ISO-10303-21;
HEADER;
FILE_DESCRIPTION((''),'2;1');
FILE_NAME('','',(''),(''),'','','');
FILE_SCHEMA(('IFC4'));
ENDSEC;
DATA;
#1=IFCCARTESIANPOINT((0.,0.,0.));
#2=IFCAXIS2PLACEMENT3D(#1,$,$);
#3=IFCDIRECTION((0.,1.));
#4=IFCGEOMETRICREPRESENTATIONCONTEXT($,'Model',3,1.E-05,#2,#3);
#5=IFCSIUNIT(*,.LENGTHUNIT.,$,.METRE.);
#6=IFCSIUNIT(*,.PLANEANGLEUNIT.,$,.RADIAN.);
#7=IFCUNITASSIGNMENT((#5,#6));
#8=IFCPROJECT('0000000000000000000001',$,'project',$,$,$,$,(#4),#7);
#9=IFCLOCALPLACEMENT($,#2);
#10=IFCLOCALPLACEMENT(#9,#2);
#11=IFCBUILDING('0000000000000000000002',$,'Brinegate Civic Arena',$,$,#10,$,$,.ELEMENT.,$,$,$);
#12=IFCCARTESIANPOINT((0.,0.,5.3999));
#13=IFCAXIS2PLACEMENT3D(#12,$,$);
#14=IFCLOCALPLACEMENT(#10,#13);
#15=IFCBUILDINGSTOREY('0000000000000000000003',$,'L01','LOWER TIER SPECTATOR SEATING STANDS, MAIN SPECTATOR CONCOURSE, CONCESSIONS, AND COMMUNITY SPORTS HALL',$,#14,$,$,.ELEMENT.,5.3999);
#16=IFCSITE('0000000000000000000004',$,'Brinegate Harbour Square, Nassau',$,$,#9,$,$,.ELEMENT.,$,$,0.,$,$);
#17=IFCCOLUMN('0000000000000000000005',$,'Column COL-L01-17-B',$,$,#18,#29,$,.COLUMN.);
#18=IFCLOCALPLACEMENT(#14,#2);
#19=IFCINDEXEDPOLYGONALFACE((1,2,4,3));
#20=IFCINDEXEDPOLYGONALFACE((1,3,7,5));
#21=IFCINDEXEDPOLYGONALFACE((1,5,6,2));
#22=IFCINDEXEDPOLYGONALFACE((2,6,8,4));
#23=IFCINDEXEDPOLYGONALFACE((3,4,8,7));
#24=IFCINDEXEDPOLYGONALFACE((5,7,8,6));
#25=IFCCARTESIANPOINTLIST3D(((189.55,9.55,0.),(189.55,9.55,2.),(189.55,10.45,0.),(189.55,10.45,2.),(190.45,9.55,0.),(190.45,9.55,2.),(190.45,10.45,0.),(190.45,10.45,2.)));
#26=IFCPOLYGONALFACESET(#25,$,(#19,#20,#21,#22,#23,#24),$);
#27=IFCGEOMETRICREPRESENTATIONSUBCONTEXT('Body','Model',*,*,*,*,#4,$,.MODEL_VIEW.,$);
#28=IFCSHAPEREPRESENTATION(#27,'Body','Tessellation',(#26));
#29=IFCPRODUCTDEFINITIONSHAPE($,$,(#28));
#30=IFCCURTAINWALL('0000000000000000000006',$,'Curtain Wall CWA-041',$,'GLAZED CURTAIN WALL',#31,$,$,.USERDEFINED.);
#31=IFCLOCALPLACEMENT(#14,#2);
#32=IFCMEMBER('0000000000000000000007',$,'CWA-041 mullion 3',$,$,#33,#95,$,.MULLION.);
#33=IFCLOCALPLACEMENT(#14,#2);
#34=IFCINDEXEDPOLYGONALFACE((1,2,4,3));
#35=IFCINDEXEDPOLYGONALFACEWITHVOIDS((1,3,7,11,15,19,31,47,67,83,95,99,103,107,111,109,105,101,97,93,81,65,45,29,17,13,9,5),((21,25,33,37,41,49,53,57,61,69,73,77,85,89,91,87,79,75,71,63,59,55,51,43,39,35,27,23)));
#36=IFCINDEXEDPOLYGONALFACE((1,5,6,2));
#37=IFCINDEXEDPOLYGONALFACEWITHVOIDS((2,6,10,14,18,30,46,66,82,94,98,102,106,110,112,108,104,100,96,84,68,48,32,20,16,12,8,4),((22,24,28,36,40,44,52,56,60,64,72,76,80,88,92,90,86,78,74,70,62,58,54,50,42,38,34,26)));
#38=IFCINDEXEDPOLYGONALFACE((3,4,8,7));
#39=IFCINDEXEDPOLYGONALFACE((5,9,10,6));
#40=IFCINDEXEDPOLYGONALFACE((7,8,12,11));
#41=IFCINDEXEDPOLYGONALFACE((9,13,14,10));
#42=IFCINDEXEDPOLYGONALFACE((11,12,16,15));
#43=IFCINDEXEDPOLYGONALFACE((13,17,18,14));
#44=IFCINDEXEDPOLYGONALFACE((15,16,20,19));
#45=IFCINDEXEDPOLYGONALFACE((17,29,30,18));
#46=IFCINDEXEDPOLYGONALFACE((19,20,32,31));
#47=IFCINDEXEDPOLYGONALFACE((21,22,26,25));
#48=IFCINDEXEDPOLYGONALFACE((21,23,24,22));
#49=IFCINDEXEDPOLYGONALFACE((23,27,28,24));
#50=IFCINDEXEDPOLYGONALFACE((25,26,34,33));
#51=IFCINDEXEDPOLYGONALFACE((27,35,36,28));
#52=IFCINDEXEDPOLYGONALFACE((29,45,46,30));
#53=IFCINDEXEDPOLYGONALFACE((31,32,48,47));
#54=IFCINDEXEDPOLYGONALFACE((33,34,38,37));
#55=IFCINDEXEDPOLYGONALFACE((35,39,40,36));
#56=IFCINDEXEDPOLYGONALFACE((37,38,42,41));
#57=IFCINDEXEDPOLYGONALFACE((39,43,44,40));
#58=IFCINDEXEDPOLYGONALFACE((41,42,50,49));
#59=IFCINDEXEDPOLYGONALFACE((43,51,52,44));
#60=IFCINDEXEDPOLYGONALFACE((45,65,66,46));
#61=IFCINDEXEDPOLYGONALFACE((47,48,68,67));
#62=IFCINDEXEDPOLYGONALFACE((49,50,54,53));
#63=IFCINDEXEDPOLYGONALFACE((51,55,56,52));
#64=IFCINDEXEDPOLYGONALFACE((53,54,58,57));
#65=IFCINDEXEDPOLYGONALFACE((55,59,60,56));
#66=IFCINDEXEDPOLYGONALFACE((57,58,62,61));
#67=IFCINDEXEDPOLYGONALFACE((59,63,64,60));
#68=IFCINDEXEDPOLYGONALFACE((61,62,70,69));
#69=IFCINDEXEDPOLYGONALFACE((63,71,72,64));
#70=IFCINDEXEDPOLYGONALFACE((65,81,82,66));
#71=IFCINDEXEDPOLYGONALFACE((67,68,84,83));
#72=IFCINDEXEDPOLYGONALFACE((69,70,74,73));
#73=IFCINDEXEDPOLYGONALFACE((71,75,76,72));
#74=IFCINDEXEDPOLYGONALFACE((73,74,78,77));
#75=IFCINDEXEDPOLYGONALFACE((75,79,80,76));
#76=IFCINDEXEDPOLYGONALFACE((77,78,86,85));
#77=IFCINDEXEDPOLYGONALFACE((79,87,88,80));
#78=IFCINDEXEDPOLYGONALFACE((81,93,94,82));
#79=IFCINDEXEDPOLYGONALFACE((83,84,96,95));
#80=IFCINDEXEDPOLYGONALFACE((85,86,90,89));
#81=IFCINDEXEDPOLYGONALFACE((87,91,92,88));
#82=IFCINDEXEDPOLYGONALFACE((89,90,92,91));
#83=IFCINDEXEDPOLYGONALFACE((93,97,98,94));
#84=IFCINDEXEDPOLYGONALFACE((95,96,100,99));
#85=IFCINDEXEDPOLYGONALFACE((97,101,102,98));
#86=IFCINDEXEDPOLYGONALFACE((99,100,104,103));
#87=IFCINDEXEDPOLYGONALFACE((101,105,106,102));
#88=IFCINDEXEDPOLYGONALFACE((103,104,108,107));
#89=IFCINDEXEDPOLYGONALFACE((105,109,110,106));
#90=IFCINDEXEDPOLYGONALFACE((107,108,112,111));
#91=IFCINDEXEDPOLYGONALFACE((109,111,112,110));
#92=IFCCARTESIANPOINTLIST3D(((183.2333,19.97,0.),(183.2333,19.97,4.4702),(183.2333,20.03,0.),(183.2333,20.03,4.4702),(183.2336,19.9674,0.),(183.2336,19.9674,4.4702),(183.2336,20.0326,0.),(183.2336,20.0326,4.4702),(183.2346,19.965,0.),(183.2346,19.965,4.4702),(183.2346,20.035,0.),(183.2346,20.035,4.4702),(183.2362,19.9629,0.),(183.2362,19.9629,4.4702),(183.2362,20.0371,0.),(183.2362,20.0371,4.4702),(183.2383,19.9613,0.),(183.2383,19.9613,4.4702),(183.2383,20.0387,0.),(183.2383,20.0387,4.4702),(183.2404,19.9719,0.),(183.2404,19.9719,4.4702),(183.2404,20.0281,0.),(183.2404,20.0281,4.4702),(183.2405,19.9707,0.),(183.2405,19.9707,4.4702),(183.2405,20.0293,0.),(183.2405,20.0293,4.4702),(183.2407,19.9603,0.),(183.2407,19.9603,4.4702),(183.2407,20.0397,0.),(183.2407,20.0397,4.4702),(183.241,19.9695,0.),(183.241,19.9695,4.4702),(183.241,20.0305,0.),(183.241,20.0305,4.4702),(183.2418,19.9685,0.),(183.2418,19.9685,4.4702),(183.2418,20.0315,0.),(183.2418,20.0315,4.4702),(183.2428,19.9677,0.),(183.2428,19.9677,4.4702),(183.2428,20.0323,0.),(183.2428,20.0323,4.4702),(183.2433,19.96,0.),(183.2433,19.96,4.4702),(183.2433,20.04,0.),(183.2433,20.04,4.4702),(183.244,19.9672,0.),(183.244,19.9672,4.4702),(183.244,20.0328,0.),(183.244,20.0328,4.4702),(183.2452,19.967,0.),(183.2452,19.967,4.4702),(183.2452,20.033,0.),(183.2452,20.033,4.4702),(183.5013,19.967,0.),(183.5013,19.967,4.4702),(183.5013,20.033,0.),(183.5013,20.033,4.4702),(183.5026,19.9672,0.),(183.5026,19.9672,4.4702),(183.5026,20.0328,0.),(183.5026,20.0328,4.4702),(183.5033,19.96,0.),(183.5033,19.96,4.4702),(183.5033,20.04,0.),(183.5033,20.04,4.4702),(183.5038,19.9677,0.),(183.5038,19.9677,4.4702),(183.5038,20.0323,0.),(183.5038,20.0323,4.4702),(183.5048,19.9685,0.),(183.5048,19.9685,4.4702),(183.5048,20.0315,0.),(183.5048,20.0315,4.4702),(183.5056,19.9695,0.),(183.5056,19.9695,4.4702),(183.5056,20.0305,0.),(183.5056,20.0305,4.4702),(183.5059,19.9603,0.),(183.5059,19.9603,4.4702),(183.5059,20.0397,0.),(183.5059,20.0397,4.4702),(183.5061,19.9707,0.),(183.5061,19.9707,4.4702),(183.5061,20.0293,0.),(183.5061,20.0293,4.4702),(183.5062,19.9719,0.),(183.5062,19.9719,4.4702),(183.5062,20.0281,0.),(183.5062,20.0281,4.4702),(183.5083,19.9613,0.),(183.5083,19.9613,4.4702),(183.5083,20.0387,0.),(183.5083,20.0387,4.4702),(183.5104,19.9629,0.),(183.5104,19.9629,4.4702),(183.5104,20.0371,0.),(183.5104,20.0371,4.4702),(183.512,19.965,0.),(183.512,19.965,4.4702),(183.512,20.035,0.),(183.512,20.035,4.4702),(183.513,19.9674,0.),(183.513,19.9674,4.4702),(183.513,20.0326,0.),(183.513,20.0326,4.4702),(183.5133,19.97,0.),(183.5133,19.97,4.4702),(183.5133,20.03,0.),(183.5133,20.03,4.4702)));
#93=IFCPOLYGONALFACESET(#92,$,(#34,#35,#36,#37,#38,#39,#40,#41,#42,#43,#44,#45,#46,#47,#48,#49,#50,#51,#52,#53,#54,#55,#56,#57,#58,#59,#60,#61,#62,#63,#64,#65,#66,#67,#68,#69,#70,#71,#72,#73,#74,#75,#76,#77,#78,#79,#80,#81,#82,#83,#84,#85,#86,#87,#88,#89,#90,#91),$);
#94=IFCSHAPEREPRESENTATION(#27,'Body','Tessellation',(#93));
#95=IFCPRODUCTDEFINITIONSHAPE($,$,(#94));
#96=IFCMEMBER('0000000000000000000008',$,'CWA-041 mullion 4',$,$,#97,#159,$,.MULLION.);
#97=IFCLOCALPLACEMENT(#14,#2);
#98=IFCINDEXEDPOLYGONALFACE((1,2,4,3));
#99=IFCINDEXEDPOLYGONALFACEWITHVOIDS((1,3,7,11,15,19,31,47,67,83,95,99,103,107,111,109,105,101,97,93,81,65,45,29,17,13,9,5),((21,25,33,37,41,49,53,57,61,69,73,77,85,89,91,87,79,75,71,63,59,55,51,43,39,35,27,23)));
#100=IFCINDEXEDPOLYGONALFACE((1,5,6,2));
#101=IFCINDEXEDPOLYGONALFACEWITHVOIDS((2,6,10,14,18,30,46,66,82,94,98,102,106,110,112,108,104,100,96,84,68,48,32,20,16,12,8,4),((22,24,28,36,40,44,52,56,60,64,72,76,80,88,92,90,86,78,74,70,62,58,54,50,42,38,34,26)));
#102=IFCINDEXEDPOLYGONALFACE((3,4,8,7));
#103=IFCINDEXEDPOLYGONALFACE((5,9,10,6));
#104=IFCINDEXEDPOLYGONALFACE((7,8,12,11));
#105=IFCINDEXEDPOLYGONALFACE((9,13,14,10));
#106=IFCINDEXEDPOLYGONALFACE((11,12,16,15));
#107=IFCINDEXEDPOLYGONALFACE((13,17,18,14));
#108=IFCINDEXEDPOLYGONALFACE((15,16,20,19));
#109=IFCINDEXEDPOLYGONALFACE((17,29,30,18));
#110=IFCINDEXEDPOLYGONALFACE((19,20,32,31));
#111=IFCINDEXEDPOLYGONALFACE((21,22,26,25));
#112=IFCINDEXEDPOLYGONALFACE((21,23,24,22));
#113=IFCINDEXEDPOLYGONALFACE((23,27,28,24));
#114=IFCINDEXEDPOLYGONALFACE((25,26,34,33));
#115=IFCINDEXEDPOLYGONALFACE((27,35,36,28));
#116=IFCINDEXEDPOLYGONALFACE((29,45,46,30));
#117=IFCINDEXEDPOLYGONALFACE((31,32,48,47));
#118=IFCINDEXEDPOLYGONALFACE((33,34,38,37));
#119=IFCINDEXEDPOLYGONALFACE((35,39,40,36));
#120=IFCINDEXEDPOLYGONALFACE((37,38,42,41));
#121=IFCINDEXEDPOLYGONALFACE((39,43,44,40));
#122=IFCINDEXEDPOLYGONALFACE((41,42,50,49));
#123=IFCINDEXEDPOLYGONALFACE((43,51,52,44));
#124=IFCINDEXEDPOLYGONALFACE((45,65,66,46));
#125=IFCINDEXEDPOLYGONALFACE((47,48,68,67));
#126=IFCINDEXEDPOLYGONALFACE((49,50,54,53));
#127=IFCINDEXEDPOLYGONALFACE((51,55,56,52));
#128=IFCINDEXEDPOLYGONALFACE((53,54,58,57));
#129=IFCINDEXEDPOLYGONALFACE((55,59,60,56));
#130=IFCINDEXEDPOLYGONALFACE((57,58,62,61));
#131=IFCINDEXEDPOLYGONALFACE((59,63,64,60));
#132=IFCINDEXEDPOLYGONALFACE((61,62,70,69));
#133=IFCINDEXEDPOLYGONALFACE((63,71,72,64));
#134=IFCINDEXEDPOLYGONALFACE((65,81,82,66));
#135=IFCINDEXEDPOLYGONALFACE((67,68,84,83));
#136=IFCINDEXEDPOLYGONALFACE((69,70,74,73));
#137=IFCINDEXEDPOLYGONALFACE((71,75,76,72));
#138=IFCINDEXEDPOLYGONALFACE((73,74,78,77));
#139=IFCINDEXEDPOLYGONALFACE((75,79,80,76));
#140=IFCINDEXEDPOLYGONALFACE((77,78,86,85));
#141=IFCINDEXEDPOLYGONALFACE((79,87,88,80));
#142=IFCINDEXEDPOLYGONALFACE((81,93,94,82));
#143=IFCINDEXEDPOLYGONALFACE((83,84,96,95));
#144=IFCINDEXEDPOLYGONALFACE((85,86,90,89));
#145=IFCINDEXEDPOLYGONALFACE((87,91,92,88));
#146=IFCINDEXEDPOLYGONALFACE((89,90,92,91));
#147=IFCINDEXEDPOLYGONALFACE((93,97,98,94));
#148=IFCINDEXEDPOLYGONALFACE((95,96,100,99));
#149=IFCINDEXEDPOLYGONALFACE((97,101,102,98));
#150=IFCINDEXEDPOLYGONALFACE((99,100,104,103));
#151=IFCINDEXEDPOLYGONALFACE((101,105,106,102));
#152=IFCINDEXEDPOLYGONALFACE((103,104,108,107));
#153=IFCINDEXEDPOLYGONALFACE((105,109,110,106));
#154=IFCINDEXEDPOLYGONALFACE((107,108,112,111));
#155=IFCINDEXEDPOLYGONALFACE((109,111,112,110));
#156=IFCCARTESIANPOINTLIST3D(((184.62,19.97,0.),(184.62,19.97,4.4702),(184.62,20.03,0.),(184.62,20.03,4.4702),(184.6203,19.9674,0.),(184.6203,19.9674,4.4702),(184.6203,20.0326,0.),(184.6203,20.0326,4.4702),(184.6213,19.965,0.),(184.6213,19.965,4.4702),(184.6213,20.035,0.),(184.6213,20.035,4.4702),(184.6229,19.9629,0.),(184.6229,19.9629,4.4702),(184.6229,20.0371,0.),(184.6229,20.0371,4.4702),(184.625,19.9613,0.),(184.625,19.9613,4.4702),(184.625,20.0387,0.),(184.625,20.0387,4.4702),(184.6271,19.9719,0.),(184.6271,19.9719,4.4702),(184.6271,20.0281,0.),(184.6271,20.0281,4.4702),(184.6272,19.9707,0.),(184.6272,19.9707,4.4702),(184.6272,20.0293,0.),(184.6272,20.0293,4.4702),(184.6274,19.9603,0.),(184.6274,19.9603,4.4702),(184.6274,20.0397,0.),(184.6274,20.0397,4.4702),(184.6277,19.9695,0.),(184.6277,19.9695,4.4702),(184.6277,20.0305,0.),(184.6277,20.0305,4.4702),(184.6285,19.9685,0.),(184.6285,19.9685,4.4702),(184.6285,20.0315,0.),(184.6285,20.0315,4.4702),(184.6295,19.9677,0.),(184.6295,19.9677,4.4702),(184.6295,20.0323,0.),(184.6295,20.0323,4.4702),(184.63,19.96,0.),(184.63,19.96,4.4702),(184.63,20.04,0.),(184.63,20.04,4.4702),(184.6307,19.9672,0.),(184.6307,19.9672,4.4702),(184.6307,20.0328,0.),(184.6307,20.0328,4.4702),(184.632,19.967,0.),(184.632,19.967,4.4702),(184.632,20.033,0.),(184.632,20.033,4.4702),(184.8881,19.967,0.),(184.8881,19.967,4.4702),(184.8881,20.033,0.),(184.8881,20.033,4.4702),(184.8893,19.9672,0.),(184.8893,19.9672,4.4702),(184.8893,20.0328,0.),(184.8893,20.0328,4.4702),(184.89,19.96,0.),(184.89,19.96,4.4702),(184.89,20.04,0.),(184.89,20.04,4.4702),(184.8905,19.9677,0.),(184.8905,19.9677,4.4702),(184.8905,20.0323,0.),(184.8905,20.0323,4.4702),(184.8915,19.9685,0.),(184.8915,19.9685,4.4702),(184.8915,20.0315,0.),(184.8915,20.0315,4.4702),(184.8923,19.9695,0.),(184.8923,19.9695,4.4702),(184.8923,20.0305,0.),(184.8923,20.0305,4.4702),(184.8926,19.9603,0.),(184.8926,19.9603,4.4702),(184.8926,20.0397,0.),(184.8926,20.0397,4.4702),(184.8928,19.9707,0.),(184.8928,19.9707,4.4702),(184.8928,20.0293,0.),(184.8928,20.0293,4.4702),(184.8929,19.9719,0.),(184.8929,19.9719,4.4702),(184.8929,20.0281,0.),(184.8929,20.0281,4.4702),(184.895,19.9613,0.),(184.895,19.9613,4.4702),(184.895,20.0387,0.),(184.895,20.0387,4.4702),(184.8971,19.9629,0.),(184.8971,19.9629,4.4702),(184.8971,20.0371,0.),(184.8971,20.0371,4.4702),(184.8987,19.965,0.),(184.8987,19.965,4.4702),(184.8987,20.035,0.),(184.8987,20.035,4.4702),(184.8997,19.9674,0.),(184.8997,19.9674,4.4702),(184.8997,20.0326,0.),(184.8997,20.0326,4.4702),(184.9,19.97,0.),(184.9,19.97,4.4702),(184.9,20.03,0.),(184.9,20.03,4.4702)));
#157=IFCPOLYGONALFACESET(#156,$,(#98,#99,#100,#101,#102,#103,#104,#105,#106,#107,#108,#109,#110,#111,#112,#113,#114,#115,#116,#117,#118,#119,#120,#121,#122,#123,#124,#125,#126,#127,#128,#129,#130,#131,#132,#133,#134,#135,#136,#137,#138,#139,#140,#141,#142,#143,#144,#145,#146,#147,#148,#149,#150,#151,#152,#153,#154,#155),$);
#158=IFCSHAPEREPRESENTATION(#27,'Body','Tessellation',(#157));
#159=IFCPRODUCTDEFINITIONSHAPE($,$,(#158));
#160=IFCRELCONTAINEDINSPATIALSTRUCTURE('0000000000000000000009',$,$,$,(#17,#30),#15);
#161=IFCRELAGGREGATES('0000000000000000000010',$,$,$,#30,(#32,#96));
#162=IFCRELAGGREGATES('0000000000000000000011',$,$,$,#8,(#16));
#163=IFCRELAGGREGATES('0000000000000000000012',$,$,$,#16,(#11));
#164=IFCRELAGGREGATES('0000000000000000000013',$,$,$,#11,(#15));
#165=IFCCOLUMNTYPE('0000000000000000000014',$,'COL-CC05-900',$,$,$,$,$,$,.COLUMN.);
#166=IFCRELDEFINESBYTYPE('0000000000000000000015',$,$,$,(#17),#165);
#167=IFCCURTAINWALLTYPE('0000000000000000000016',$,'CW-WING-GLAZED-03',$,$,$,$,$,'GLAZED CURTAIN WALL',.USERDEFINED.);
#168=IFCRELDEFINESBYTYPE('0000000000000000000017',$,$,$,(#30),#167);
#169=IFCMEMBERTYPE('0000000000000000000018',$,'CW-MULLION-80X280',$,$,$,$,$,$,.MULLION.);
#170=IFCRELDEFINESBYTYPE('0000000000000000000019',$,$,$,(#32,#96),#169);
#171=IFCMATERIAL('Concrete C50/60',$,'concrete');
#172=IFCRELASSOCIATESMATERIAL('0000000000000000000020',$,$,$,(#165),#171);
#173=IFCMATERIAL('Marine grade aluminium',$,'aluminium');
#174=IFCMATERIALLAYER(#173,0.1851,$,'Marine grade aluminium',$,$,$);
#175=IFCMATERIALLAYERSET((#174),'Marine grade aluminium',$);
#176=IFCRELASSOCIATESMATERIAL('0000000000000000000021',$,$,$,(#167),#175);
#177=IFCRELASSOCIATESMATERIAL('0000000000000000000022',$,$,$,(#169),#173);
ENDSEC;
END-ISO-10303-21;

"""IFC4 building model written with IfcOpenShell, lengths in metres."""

from ifc_helpers import new_model, si_unit, direction, frame, origin, origin_2d, place, context, subcontext, project, spatial, rectangle, hollow_rectangle, extrude, material, layer, layer_set, material_profile, profile_set, type_object, element, aggregate, save


model = new_model("IFC4")

# Units and contexts
model_context = context("Model", 3, precision=1e-05, world=origin(), true_north=direction((0.0, 1.0)))
body_context = subcontext(model_context, "Body", "Model", "MODEL_VIEW")
ifc_project = project(units=[si_unit("LENGTHUNIT", "METRE"), si_unit("PLANEANGLEUNIT", "RADIAN")], contexts=[model_context])

# Site, building, storey
site_placement = place(None, origin())
site = spatial("IfcSite", under=ifc_project, at=site_placement, Name="Brinegate Harbour Square, Nassau", CompositionType="ELEMENT", RefElevation=0.0)
building_placement = place(site_placement, origin())
building = spatial("IfcBuilding", under=site, at=building_placement, Name="Brinegate Civic Arena", CompositionType="ELEMENT")
storey_placement = place(building_placement, frame((0.0, 0.0, 5.3999)))
storey = spatial("IfcBuildingStorey", under=building, at=storey_placement, Name="L01", Description="LOWER TIER SPECTATOR SEATING STANDS, MAIN SPECTATOR CONCOURSE, CONCESSIONS, AND COMMUNITY SPORTS HALL", CompositionType="ELEMENT", Elevation=5.3999)

# Column
ifc_material_1 = material(Name="Concrete C50/60", Category="concrete")
ifc_material_profile_1 = material_profile(ifc_material_1, rectangle(XDim=0.8999, YDim=0.8999, at=origin_2d()), Name="RC900X900")
ifc_profile_set_1 = profile_set([ifc_material_profile_1], Name="Concrete C50/60")
column_type = type_object("IfcColumnType", Name="COL-CC05-900", PredefinedType="COLUMN", material=ifc_profile_set_1)
column_placement = place(storey_placement, frame((190.0, 10.0, 0.0), z_axis=(0.0, 0.0, 1.0), x_axis=(1.0, 0.0, 0.0)))
element("IfcColumn", 1, at=column_placement, inside=storey, type_object=column_type, Name="Column COL-L01-17-B", PredefinedType="COLUMN", context=body_context, shape_type="SweptSolid", body=[
    extrude(rectangle(XDim=0.8999, YDim=0.8999, at=origin_2d()), origin(), (0.0, 0.0, 1.0), 2.0),
])

# Curtain wall, members
ifc_material_2 = material(Name="Marine grade aluminium", Category="aluminium")
ifc_layer_1 = layer(ifc_material_2, 0.1851, Name="Marine grade aluminium")
ifc_layer_set_1 = layer_set([ifc_layer_1], Name="Marine grade aluminium")
curtain_wall_type = type_object("IfcCurtainWallType", Name="CW-WING-GLAZED-03", ElementType="GLAZED CURTAIN WALL", PredefinedType="USERDEFINED", material=ifc_layer_set_1)
curtain_wall_placement = place(storey_placement, origin())
curtain_wall = element("IfcCurtainWall", 2, at=curtain_wall_placement, inside=storey, type_object=curtain_wall_type, Name="Curtain Wall CWA-041", ObjectType="GLAZED CURTAIN WALL", PredefinedType="USERDEFINED")
ifc_material_profile_2 = material_profile(ifc_material_2, hollow_rectangle(XDim=0.0801, YDim=0.28, WallThickness=0.0071, InnerFilletRadius=0.0049, OuterFilletRadius=0.01, at=origin_2d()), Name="MUL80X280")
ifc_profile_set_2 = profile_set([ifc_material_profile_2], Name="Marine grade aluminium")
member_type_1 = type_object("IfcMemberType", Name="CW-MULLION-80X280", PredefinedType="MULLION", material=ifc_profile_set_2)
member_1_placement = place(storey_placement, frame((183.3733, 20.0, 0.0), z_axis=(0.0, 0.0, 1.0), x_axis=(0.0, 1.0, 0.0)))
member_1 = element("IfcMember", 3, at=member_1_placement, type_object=member_type_1, Name="CWA-041 mullion 3", PredefinedType="MULLION", context=body_context, shape_type="SweptSolid", body=[
    extrude(hollow_rectangle(XDim=0.0801, YDim=0.28, WallThickness=0.0071, InnerFilletRadius=0.0049, OuterFilletRadius=0.01, at=origin_2d()), origin(), (0.0, 0.0, 1.0), 4.4702),
])
member_2_placement = place(storey_placement, frame((184.76, 20.0, 0.0), z_axis=(0.0, 0.0, 1.0), x_axis=(0.0, 1.0, 0.0)))
member_2 = element("IfcMember", 4, at=member_2_placement, type_object=member_type_1, Name="CWA-041 mullion 4", PredefinedType="MULLION", context=body_context, shape_type="SweptSolid", body=[
    extrude(hollow_rectangle(XDim=0.0801, YDim=0.28, WallThickness=0.0071, InnerFilletRadius=0.0049, OuterFilletRadius=0.01, at=origin_2d()), origin(), (0.0, 0.0, 1.0), 4.4702),
])

aggregate(curtain_wall, [member_1, member_2])

save(model, "model.ifc")
